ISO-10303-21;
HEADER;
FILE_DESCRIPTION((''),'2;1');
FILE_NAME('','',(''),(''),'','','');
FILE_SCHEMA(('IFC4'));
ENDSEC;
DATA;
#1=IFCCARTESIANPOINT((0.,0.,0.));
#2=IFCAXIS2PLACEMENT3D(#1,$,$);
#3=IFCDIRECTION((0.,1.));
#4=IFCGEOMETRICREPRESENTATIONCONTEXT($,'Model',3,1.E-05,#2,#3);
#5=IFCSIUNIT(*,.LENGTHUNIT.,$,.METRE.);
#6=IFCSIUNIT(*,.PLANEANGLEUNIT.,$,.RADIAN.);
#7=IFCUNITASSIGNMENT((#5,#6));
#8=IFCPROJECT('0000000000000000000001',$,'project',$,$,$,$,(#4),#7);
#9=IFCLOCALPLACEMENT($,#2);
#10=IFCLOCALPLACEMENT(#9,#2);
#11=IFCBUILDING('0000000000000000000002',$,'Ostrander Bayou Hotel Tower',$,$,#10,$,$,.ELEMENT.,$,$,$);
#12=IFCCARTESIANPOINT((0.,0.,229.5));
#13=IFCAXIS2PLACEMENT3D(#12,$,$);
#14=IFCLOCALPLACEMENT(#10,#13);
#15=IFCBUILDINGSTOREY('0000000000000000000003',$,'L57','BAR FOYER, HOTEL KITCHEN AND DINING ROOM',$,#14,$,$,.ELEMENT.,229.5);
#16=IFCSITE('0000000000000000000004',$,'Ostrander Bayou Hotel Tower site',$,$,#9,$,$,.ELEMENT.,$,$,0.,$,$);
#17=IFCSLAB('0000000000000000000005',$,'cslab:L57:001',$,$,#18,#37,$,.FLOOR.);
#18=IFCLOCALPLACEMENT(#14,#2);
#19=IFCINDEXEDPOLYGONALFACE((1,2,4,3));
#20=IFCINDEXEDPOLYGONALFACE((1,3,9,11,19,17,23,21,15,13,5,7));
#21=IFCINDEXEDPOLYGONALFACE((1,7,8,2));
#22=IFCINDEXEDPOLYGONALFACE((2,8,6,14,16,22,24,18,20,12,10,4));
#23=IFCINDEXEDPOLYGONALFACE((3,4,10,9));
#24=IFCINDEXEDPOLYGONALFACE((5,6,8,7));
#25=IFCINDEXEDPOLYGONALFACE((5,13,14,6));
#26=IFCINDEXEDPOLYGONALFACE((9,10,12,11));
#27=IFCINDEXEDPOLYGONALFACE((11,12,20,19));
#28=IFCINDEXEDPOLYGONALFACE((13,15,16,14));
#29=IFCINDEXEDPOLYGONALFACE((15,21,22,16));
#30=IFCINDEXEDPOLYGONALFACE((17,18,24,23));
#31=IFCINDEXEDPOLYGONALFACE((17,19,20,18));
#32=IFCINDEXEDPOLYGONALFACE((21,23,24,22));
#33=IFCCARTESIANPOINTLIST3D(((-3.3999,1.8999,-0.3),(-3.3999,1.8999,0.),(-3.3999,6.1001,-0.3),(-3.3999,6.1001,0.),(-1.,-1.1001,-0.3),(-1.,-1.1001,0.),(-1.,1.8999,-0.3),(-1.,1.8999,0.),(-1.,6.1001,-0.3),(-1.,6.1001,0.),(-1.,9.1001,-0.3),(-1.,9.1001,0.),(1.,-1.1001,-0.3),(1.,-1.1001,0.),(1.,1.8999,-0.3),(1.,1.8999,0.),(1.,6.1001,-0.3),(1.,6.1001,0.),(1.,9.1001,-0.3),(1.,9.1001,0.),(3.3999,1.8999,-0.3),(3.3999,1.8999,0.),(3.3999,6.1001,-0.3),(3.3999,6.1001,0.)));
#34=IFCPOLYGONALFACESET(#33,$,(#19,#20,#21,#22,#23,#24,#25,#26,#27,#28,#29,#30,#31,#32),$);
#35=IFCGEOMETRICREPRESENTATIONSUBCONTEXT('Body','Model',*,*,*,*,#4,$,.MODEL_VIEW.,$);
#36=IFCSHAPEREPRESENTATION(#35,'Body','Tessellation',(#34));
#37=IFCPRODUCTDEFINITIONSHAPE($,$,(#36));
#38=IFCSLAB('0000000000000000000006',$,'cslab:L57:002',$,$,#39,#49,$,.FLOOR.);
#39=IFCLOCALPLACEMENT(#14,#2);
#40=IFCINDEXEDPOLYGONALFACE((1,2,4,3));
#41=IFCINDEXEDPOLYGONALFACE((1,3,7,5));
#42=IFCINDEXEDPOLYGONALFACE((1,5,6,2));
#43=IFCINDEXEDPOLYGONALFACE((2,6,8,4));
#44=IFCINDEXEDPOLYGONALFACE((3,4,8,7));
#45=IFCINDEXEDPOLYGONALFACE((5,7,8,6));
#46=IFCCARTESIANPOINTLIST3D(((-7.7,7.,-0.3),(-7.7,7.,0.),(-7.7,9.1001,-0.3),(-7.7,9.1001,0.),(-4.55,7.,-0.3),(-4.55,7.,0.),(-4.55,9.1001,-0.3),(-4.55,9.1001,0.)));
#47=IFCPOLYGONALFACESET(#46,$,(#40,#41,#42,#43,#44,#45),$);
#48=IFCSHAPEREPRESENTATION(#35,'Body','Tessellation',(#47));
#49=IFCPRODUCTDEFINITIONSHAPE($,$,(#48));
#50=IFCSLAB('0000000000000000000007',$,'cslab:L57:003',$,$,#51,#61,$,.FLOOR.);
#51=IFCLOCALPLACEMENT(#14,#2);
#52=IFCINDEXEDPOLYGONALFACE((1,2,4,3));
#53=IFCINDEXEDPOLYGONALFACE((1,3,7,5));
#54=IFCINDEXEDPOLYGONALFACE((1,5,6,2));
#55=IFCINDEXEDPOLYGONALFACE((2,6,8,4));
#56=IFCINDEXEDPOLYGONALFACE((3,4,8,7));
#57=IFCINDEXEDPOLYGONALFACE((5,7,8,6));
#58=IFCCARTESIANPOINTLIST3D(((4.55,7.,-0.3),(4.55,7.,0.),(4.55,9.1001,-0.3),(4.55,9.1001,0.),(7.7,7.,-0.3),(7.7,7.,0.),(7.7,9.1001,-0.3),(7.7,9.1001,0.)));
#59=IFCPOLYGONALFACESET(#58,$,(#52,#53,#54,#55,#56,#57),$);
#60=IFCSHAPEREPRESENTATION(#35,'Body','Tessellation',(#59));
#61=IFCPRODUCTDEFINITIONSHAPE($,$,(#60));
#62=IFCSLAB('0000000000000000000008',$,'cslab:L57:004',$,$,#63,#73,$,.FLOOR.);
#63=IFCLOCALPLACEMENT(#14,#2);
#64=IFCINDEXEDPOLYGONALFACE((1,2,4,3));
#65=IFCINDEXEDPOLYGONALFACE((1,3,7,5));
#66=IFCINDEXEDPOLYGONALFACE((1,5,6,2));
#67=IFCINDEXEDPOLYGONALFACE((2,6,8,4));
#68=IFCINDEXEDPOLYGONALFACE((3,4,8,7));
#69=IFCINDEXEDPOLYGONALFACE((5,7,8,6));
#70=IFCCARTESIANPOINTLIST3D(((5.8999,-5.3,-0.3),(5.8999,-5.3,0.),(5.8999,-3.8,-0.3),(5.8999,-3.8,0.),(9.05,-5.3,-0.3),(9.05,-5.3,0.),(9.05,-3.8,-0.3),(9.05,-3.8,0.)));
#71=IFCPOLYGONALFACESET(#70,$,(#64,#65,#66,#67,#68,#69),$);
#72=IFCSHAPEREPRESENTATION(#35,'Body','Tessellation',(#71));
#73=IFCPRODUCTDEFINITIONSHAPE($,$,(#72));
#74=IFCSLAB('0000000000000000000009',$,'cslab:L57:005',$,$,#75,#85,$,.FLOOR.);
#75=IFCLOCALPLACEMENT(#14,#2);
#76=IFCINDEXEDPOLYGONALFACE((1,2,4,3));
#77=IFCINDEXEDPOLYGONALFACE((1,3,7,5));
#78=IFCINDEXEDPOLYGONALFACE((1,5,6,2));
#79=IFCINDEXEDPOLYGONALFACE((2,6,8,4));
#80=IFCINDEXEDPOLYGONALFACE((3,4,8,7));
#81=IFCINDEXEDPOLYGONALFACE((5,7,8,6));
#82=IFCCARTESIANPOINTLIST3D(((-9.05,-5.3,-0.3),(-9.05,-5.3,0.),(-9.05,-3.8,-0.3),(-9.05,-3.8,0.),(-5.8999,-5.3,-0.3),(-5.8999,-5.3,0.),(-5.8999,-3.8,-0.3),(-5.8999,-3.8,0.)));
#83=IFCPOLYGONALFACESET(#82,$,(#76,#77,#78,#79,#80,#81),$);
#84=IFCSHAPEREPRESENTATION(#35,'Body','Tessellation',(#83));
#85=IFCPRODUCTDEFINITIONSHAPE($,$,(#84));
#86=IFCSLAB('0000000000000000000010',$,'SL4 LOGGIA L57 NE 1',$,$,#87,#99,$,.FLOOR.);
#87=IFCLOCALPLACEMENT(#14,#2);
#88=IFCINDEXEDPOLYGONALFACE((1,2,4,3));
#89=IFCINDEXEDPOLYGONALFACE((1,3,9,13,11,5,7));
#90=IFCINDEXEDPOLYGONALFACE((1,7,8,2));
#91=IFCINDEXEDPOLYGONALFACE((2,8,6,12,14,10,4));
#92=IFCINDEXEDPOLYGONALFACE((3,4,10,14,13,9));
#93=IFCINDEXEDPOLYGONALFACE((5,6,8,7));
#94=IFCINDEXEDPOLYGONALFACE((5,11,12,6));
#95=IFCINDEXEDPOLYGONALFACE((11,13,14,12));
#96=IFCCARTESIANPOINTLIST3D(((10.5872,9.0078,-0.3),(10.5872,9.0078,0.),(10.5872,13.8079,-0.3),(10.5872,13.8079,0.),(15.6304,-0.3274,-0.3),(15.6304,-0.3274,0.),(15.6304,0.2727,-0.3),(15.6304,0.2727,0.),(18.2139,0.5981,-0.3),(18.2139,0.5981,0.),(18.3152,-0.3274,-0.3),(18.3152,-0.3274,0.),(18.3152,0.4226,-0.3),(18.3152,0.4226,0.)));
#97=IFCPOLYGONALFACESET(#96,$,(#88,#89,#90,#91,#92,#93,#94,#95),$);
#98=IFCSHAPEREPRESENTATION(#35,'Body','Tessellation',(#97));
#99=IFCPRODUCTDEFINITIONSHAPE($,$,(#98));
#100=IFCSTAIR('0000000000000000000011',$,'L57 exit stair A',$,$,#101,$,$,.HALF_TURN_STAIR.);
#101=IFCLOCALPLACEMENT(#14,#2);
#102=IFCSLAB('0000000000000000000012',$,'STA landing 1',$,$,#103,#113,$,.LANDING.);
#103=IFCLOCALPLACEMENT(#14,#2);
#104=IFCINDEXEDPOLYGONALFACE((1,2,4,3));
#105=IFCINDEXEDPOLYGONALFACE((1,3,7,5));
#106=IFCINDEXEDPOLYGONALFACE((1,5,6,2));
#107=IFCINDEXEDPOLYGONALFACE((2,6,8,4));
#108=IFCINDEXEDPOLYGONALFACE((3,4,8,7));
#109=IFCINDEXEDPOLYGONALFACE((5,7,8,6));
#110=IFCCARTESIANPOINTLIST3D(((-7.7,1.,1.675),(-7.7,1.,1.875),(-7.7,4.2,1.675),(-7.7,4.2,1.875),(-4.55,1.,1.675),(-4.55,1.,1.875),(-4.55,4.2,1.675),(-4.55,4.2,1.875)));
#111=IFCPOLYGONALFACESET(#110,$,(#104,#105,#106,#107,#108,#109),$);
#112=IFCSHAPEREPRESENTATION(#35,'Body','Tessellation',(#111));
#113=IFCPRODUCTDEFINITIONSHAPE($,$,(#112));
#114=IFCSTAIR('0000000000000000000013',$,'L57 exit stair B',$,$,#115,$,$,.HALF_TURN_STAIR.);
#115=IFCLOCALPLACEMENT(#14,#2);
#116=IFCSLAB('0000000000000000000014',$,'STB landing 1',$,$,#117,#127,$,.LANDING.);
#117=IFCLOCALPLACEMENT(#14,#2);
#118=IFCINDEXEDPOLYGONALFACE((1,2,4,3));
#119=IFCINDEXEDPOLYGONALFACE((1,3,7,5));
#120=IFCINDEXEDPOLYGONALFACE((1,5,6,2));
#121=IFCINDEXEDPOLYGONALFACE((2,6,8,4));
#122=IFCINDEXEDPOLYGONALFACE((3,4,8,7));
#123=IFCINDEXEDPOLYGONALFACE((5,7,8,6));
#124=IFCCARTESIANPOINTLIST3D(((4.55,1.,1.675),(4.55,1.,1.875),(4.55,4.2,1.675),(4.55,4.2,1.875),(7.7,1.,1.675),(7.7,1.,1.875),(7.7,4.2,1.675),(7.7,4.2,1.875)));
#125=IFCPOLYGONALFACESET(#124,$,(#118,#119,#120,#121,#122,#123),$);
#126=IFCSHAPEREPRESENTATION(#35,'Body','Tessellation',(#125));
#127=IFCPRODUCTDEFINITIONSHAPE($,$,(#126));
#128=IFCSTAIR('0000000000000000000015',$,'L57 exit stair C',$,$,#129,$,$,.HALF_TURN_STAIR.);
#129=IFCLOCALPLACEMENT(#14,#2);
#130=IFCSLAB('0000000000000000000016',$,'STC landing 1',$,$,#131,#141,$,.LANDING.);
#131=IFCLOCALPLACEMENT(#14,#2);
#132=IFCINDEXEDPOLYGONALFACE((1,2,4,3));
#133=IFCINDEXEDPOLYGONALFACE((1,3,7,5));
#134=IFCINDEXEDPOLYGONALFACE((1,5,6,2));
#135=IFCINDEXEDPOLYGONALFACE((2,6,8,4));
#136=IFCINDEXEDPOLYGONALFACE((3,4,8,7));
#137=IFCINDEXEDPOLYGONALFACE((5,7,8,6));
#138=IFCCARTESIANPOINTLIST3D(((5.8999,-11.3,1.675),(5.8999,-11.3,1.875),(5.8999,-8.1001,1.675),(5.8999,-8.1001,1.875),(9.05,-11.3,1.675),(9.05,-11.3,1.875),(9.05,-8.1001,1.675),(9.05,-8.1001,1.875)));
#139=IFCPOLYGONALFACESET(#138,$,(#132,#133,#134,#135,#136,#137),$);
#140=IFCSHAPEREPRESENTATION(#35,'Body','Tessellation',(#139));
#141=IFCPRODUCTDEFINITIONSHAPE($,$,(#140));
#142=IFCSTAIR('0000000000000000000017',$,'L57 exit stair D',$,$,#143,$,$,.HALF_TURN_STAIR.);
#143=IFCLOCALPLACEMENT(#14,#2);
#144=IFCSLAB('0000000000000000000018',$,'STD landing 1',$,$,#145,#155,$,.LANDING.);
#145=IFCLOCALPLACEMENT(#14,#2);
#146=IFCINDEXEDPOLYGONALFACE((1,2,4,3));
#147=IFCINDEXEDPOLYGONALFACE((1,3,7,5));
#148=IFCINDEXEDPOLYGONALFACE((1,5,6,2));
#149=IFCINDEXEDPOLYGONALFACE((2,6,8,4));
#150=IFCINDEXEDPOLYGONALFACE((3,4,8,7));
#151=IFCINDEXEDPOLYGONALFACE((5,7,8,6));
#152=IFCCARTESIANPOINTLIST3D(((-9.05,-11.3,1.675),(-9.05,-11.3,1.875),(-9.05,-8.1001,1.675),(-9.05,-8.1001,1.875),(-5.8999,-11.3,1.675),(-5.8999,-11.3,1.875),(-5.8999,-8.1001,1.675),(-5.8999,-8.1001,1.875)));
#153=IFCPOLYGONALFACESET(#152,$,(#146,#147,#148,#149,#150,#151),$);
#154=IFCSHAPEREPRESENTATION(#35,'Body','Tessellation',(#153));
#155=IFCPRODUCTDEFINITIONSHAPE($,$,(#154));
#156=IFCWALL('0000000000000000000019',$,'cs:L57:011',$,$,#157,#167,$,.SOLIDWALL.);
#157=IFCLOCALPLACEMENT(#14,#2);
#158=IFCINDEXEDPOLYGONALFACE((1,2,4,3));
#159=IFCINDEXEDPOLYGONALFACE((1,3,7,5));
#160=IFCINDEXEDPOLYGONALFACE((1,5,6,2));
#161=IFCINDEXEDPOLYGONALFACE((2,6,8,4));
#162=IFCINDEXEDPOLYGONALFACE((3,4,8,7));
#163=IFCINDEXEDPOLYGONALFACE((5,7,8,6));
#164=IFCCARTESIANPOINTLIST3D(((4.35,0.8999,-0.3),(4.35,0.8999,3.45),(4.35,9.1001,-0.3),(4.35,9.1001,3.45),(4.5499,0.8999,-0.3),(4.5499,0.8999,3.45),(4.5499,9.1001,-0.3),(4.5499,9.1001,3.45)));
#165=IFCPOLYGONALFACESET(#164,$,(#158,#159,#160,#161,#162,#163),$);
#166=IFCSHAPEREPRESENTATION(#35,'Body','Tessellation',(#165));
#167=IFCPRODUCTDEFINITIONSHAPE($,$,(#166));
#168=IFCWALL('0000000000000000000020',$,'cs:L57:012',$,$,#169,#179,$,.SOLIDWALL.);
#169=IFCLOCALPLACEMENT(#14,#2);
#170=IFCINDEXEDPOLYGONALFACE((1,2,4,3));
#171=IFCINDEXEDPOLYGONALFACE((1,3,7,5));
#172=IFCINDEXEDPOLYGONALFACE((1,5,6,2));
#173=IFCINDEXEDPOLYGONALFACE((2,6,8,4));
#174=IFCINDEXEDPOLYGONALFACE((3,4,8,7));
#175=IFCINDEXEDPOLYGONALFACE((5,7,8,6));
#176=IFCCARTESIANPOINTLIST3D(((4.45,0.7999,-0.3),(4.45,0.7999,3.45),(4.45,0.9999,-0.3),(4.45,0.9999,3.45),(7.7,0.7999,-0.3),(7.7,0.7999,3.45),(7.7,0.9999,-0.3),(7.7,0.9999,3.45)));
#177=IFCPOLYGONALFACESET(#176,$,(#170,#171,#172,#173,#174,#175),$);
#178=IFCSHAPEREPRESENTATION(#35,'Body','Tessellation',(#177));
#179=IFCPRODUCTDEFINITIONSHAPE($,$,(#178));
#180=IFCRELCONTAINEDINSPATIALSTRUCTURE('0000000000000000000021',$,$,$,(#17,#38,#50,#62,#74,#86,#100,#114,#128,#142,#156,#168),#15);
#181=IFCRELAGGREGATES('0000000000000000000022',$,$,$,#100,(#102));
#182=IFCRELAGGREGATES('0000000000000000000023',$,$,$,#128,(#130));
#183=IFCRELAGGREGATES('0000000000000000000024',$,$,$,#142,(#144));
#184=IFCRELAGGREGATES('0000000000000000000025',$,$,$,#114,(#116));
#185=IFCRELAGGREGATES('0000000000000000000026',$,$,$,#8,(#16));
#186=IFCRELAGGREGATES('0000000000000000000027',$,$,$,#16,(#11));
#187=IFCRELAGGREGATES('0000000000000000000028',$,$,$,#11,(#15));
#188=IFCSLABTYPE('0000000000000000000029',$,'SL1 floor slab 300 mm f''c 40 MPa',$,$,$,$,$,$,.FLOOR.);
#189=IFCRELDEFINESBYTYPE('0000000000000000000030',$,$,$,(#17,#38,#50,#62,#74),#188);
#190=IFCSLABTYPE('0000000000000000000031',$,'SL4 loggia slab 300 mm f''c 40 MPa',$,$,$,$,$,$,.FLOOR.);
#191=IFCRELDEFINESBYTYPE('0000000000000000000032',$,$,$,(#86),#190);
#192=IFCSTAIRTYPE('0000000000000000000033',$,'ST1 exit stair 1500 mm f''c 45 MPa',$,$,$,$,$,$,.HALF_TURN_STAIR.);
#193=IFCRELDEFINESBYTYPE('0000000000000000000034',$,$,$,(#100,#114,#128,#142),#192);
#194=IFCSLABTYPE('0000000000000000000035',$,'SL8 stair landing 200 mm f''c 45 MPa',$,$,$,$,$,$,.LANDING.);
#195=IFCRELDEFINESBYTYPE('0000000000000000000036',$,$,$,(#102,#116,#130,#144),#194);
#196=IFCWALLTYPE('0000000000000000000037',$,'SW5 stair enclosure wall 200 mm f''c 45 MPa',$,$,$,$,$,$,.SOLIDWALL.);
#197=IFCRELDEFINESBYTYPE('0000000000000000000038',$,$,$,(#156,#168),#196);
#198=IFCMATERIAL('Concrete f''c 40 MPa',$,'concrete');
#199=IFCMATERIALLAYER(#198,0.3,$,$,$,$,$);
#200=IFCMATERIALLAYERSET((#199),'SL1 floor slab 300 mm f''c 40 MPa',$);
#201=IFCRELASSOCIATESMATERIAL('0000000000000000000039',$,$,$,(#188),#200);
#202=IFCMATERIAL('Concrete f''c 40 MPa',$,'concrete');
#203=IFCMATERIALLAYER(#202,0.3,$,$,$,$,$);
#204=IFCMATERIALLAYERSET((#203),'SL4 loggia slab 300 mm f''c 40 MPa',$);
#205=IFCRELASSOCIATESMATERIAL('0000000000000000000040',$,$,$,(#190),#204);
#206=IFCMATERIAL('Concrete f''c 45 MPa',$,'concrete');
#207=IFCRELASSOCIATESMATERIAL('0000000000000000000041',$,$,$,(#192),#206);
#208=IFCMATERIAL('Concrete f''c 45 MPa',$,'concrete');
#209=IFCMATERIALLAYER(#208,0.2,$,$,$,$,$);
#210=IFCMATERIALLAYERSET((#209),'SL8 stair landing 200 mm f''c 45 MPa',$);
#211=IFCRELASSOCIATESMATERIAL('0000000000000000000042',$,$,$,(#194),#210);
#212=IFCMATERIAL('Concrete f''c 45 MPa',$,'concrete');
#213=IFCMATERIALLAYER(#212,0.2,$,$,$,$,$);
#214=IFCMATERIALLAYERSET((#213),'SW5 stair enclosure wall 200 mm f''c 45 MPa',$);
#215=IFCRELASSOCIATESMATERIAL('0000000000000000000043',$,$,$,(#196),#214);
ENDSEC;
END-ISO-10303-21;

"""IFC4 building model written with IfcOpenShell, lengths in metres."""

from ifc_helpers import new_model, si_unit, direction, frame, frame_2d, origin, place, context, subcontext, project, spatial, polyline, rectangle, outline, extrude, material, layer, layer_set, type_object, element, aggregate, save


model = new_model("IFC4")

# Units and contexts
model_context = context("Model", 3, precision=1e-05, world=origin(), true_north=direction((0.0, 1.0)))
body_context = subcontext(model_context, "Body", "Model", "MODEL_VIEW")
ifc_project = project(units=[si_unit("LENGTHUNIT", "METRE"), si_unit("PLANEANGLEUNIT", "RADIAN")], contexts=[model_context])

# Site, building, storey
site_placement = place(None, origin())
site = spatial("IfcSite", under=ifc_project, at=site_placement, Name="Ostrander Bayou Hotel Tower site", CompositionType="ELEMENT", RefElevation=0.0)
building_placement = place(site_placement, origin())
building = spatial("IfcBuilding", under=site, at=building_placement, Name="Ostrander Bayou Hotel Tower", CompositionType="ELEMENT")
storey_placement = place(building_placement, frame((0.0, 0.0, 229.5)))
storey = spatial("IfcBuildingStorey", under=building, at=storey_placement, Name="L57", Description="BAR FOYER, HOTEL KITCHEN AND DINING ROOM", CompositionType="ELEMENT", Elevation=229.5)

# Slabs
ifc_material_1 = material(Name="Concrete f'c 40 MPa", Category="concrete")
ifc_layer_1 = layer(ifc_material_1, 0.3)
ifc_layer_set_1 = layer_set([ifc_layer_1], Name="SL1 floor slab 300 mm f'c 40 MPa")
slab_type_1 = type_object("IfcSlabType", Name="SL1 floor slab 300 mm f'c 40 MPa", PredefinedType="FLOOR", material=ifc_layer_set_1)
slab_1_placement = place(storey_placement, frame((0.0, 0.0, -0.3)))
element("IfcSlab", 1, at=slab_1_placement, inside=storey, type_object=slab_type_1, Name="cslab:L57:001", PredefinedType="FLOOR", context=body_context, shape_type="SweptSolid", body=[
    extrude(outline(polyline([(-3.3999, 6.1001), (-1.0, 6.1001), (-1.0, 9.1001), (1.0, 9.1001), (1.0, 6.1001), (3.3999, 6.1001), (3.3999, 1.8999), (1.0, 1.8999), (1.0, -1.1001), (-1.0, -1.1001), (-1.0, 1.8999), (-3.3999, 1.8999), (-3.3999, 6.1001)])), origin(), (0.0, 0.0, 1.0), 0.3),
])
slab_2_placement = place(storey_placement, frame((0.0, 0.0, -0.3)))
element("IfcSlab", 2, at=slab_2_placement, inside=storey, type_object=slab_type_1, Name="cslab:L57:002", PredefinedType="FLOOR", context=body_context, shape_type="SweptSolid", body=[
    extrude(outline(polyline([(-4.55, 7.0), (-4.55, 9.1001), (-7.7, 9.1001), (-7.7, 7.0), (-4.55, 7.0)])), origin(), (0.0, 0.0, 1.0), 0.3),
])
slab_3_placement = place(storey_placement, frame((0.0, 0.0, -0.3)))
element("IfcSlab", 3, at=slab_3_placement, inside=storey, type_object=slab_type_1, Name="cslab:L57:003", PredefinedType="FLOOR", context=body_context, shape_type="SweptSolid", body=[
    extrude(outline(polyline([(7.7, 7.0), (7.7, 9.1001), (4.55, 9.1001), (4.55, 7.0), (7.7, 7.0)])), origin(), (0.0, 0.0, 1.0), 0.3),
])
slab_4_placement = place(storey_placement, frame((0.0, 0.0, -0.3)))
element("IfcSlab", 4, at=slab_4_placement, inside=storey, type_object=slab_type_1, Name="cslab:L57:004", PredefinedType="FLOOR", context=body_context, shape_type="SweptSolid", body=[
    extrude(outline(polyline([(9.05, -5.3), (9.05, -3.8), (5.8999, -3.8), (5.8999, -5.3), (9.05, -5.3)])), origin(), (0.0, 0.0, 1.0), 0.3),
])
slab_5_placement = place(storey_placement, frame((0.0, 0.0, -0.3)))
element("IfcSlab", 5, at=slab_5_placement, inside=storey, type_object=slab_type_1, Name="cslab:L57:005", PredefinedType="FLOOR", context=body_context, shape_type="SweptSolid", body=[
    extrude(outline(polyline([(-5.8999, -5.3), (-5.8999, -3.8), (-9.05, -3.8), (-9.05, -5.3), (-5.8999, -5.3)])), origin(), (0.0, 0.0, 1.0), 0.3),
])
ifc_material_2 = material(Name="Concrete f'c 40 MPa", Category="concrete")
ifc_layer_2 = layer(ifc_material_2, 0.3)
ifc_layer_set_2 = layer_set([ifc_layer_2], Name="SL4 loggia slab 300 mm f'c 40 MPa")
slab_type_2 = type_object("IfcSlabType", Name="SL4 loggia slab 300 mm f'c 40 MPa", PredefinedType="FLOOR", material=ifc_layer_set_2)
slab_6_placement = place(storey_placement, frame((0.0, 0.0, -0.3)))
element("IfcSlab", 6, at=slab_6_placement, inside=storey, type_object=slab_type_2, Name="SL4 LOGGIA L57 NE 1", PredefinedType="FLOOR", context=body_context, shape_type="SweptSolid", body=[
    extrude(outline(polyline([(10.5872, 13.8079), (18.2139, 0.5981), (18.3152, 0.4226), (18.3152, -0.3274), (15.6304, -0.3274), (15.6304, 0.2727), (10.5872, 9.0078), (10.5872, 13.8079)])), origin(), (0.0, 0.0, 1.0), 0.3),
])

# Stairs, slabs
ifc_material_3 = material(Name="Concrete f'c 45 MPa", Category="concrete")
stair_type = type_object("IfcStairType", Name="ST1 exit stair 1500 mm f'c 45 MPa", PredefinedType="HALF_TURN_STAIR", material=ifc_material_3)
stair_1_placement = place(storey_placement, origin())
stair_1 = element("IfcStair", 7, at=stair_1_placement, inside=storey, type_object=stair_type, Name="L57 exit stair A", PredefinedType="HALF_TURN_STAIR")
ifc_material_4 = material(Name="Concrete f'c 45 MPa", Category="concrete")
ifc_layer_3 = layer(ifc_material_4, 0.2)
ifc_layer_set_3 = layer_set([ifc_layer_3], Name="SL8 stair landing 200 mm f'c 45 MPa")
slab_type_3 = type_object("IfcSlabType", Name="SL8 stair landing 200 mm f'c 45 MPa", PredefinedType="LANDING", material=ifc_layer_set_3)
slab_7_placement = place(storey_placement, frame((0.0, 0.0, 1.675)))
slab_7 = element("IfcSlab", 8, at=slab_7_placement, type_object=slab_type_3, Name="STA landing 1", PredefinedType="LANDING", context=body_context, shape_type="SweptSolid", body=[
    extrude(outline(polyline([(-7.7, 4.2), (-7.7, 1.0), (-4.55, 1.0), (-4.55, 4.2), (-7.7, 4.2)])), origin(), (0.0, 0.0, 1.0), 0.2),
])
aggregate(stair_1, [slab_7])
stair_2_placement = place(storey_placement, origin())
stair_2 = element("IfcStair", 9, at=stair_2_placement, inside=storey, type_object=stair_type, Name="L57 exit stair B", PredefinedType="HALF_TURN_STAIR")
slab_8_placement = place(storey_placement, frame((0.0, 0.0, 1.675)))
slab_8 = element("IfcSlab", 10, at=slab_8_placement, type_object=slab_type_3, Name="STB landing 1", PredefinedType="LANDING", context=body_context, shape_type="SweptSolid", body=[
    extrude(outline(polyline([(4.55, 4.2), (4.55, 1.0), (7.7, 1.0), (7.7, 4.2), (4.55, 4.2)])), origin(), (0.0, 0.0, 1.0), 0.2),
])
stair_3_placement = place(storey_placement, origin())
stair_3 = element("IfcStair", 11, at=stair_3_placement, inside=storey, type_object=stair_type, Name="L57 exit stair C", PredefinedType="HALF_TURN_STAIR")
slab_9_placement = place(storey_placement, frame((0.0, 0.0, 1.675)))
slab_9 = element("IfcSlab", 12, at=slab_9_placement, type_object=slab_type_3, Name="STC landing 1", PredefinedType="LANDING", context=body_context, shape_type="SweptSolid", body=[
    extrude(outline(polyline([(5.8999, -8.1001), (5.8999, -11.3), (9.05, -11.3), (9.05, -8.1001), (5.8999, -8.1001)])), origin(), (0.0, 0.0, 1.0), 0.2),
])
aggregate(stair_3, [slab_9])
stair_4_placement = place(storey_placement, origin())
stair_4 = element("IfcStair", 13, at=stair_4_placement, inside=storey, type_object=stair_type, Name="L57 exit stair D", PredefinedType="HALF_TURN_STAIR")
slab_10_placement = place(storey_placement, frame((0.0, 0.0, 1.675)))
slab_10 = element("IfcSlab", 14, at=slab_10_placement, type_object=slab_type_3, Name="STD landing 1", PredefinedType="LANDING", context=body_context, shape_type="SweptSolid", body=[
    extrude(outline(polyline([(-9.05, -8.1001), (-9.05, -11.3), (-5.8999, -11.3), (-5.8999, -8.1001), (-9.05, -8.1001)])), origin(), (0.0, 0.0, 1.0), 0.2),
])
aggregate(stair_4, [slab_10])

# Walls
ifc_material_5 = material(Name="Concrete f'c 45 MPa", Category="concrete")
ifc_layer_4 = layer(ifc_material_5, 0.2)
ifc_layer_set_4 = layer_set([ifc_layer_4], Name="SW5 stair enclosure wall 200 mm f'c 45 MPa")
wall_type_1 = type_object("IfcWallType", Name="SW5 stair enclosure wall 200 mm f'c 45 MPa", PredefinedType="SOLIDWALL", material=ifc_layer_set_4)
wall_1_placement = place(storey_placement, frame((4.45, 0.8999, -0.3), z_axis=(0.0, 0.0, 1.0), x_axis=(0.0, 1.0, 0.0)))
element("IfcWall", 15, at=wall_1_placement, inside=storey, type_object=wall_type_1, Name="cs:L57:011", PredefinedType="SOLIDWALL", context=body_context, shape_type="SweptSolid", body=[
    extrude(rectangle(XDim=8.2002, YDim=0.2, at=frame_2d((4.1001, 0.0))), origin(), (0.0, 0.0, 1.0), 3.75),
])
wall_2_placement = place(storey_placement, frame((4.45, 0.8999, -0.3), z_axis=(0.0, 0.0, 1.0), x_axis=(1.0, 0.0, 0.0)))
element("IfcWall", 16, at=wall_2_placement, inside=storey, type_object=wall_type_1, Name="cs:L57:012", PredefinedType="SOLIDWALL", context=body_context, shape_type="SweptSolid", body=[
    extrude(rectangle(XDim=3.25, YDim=0.2, at=frame_2d((1.625, 0.0))), origin(), (0.0, 0.0, 1.0), 3.75),
])

aggregate(stair_2, [slab_8])

save(model, "model.ifc")
